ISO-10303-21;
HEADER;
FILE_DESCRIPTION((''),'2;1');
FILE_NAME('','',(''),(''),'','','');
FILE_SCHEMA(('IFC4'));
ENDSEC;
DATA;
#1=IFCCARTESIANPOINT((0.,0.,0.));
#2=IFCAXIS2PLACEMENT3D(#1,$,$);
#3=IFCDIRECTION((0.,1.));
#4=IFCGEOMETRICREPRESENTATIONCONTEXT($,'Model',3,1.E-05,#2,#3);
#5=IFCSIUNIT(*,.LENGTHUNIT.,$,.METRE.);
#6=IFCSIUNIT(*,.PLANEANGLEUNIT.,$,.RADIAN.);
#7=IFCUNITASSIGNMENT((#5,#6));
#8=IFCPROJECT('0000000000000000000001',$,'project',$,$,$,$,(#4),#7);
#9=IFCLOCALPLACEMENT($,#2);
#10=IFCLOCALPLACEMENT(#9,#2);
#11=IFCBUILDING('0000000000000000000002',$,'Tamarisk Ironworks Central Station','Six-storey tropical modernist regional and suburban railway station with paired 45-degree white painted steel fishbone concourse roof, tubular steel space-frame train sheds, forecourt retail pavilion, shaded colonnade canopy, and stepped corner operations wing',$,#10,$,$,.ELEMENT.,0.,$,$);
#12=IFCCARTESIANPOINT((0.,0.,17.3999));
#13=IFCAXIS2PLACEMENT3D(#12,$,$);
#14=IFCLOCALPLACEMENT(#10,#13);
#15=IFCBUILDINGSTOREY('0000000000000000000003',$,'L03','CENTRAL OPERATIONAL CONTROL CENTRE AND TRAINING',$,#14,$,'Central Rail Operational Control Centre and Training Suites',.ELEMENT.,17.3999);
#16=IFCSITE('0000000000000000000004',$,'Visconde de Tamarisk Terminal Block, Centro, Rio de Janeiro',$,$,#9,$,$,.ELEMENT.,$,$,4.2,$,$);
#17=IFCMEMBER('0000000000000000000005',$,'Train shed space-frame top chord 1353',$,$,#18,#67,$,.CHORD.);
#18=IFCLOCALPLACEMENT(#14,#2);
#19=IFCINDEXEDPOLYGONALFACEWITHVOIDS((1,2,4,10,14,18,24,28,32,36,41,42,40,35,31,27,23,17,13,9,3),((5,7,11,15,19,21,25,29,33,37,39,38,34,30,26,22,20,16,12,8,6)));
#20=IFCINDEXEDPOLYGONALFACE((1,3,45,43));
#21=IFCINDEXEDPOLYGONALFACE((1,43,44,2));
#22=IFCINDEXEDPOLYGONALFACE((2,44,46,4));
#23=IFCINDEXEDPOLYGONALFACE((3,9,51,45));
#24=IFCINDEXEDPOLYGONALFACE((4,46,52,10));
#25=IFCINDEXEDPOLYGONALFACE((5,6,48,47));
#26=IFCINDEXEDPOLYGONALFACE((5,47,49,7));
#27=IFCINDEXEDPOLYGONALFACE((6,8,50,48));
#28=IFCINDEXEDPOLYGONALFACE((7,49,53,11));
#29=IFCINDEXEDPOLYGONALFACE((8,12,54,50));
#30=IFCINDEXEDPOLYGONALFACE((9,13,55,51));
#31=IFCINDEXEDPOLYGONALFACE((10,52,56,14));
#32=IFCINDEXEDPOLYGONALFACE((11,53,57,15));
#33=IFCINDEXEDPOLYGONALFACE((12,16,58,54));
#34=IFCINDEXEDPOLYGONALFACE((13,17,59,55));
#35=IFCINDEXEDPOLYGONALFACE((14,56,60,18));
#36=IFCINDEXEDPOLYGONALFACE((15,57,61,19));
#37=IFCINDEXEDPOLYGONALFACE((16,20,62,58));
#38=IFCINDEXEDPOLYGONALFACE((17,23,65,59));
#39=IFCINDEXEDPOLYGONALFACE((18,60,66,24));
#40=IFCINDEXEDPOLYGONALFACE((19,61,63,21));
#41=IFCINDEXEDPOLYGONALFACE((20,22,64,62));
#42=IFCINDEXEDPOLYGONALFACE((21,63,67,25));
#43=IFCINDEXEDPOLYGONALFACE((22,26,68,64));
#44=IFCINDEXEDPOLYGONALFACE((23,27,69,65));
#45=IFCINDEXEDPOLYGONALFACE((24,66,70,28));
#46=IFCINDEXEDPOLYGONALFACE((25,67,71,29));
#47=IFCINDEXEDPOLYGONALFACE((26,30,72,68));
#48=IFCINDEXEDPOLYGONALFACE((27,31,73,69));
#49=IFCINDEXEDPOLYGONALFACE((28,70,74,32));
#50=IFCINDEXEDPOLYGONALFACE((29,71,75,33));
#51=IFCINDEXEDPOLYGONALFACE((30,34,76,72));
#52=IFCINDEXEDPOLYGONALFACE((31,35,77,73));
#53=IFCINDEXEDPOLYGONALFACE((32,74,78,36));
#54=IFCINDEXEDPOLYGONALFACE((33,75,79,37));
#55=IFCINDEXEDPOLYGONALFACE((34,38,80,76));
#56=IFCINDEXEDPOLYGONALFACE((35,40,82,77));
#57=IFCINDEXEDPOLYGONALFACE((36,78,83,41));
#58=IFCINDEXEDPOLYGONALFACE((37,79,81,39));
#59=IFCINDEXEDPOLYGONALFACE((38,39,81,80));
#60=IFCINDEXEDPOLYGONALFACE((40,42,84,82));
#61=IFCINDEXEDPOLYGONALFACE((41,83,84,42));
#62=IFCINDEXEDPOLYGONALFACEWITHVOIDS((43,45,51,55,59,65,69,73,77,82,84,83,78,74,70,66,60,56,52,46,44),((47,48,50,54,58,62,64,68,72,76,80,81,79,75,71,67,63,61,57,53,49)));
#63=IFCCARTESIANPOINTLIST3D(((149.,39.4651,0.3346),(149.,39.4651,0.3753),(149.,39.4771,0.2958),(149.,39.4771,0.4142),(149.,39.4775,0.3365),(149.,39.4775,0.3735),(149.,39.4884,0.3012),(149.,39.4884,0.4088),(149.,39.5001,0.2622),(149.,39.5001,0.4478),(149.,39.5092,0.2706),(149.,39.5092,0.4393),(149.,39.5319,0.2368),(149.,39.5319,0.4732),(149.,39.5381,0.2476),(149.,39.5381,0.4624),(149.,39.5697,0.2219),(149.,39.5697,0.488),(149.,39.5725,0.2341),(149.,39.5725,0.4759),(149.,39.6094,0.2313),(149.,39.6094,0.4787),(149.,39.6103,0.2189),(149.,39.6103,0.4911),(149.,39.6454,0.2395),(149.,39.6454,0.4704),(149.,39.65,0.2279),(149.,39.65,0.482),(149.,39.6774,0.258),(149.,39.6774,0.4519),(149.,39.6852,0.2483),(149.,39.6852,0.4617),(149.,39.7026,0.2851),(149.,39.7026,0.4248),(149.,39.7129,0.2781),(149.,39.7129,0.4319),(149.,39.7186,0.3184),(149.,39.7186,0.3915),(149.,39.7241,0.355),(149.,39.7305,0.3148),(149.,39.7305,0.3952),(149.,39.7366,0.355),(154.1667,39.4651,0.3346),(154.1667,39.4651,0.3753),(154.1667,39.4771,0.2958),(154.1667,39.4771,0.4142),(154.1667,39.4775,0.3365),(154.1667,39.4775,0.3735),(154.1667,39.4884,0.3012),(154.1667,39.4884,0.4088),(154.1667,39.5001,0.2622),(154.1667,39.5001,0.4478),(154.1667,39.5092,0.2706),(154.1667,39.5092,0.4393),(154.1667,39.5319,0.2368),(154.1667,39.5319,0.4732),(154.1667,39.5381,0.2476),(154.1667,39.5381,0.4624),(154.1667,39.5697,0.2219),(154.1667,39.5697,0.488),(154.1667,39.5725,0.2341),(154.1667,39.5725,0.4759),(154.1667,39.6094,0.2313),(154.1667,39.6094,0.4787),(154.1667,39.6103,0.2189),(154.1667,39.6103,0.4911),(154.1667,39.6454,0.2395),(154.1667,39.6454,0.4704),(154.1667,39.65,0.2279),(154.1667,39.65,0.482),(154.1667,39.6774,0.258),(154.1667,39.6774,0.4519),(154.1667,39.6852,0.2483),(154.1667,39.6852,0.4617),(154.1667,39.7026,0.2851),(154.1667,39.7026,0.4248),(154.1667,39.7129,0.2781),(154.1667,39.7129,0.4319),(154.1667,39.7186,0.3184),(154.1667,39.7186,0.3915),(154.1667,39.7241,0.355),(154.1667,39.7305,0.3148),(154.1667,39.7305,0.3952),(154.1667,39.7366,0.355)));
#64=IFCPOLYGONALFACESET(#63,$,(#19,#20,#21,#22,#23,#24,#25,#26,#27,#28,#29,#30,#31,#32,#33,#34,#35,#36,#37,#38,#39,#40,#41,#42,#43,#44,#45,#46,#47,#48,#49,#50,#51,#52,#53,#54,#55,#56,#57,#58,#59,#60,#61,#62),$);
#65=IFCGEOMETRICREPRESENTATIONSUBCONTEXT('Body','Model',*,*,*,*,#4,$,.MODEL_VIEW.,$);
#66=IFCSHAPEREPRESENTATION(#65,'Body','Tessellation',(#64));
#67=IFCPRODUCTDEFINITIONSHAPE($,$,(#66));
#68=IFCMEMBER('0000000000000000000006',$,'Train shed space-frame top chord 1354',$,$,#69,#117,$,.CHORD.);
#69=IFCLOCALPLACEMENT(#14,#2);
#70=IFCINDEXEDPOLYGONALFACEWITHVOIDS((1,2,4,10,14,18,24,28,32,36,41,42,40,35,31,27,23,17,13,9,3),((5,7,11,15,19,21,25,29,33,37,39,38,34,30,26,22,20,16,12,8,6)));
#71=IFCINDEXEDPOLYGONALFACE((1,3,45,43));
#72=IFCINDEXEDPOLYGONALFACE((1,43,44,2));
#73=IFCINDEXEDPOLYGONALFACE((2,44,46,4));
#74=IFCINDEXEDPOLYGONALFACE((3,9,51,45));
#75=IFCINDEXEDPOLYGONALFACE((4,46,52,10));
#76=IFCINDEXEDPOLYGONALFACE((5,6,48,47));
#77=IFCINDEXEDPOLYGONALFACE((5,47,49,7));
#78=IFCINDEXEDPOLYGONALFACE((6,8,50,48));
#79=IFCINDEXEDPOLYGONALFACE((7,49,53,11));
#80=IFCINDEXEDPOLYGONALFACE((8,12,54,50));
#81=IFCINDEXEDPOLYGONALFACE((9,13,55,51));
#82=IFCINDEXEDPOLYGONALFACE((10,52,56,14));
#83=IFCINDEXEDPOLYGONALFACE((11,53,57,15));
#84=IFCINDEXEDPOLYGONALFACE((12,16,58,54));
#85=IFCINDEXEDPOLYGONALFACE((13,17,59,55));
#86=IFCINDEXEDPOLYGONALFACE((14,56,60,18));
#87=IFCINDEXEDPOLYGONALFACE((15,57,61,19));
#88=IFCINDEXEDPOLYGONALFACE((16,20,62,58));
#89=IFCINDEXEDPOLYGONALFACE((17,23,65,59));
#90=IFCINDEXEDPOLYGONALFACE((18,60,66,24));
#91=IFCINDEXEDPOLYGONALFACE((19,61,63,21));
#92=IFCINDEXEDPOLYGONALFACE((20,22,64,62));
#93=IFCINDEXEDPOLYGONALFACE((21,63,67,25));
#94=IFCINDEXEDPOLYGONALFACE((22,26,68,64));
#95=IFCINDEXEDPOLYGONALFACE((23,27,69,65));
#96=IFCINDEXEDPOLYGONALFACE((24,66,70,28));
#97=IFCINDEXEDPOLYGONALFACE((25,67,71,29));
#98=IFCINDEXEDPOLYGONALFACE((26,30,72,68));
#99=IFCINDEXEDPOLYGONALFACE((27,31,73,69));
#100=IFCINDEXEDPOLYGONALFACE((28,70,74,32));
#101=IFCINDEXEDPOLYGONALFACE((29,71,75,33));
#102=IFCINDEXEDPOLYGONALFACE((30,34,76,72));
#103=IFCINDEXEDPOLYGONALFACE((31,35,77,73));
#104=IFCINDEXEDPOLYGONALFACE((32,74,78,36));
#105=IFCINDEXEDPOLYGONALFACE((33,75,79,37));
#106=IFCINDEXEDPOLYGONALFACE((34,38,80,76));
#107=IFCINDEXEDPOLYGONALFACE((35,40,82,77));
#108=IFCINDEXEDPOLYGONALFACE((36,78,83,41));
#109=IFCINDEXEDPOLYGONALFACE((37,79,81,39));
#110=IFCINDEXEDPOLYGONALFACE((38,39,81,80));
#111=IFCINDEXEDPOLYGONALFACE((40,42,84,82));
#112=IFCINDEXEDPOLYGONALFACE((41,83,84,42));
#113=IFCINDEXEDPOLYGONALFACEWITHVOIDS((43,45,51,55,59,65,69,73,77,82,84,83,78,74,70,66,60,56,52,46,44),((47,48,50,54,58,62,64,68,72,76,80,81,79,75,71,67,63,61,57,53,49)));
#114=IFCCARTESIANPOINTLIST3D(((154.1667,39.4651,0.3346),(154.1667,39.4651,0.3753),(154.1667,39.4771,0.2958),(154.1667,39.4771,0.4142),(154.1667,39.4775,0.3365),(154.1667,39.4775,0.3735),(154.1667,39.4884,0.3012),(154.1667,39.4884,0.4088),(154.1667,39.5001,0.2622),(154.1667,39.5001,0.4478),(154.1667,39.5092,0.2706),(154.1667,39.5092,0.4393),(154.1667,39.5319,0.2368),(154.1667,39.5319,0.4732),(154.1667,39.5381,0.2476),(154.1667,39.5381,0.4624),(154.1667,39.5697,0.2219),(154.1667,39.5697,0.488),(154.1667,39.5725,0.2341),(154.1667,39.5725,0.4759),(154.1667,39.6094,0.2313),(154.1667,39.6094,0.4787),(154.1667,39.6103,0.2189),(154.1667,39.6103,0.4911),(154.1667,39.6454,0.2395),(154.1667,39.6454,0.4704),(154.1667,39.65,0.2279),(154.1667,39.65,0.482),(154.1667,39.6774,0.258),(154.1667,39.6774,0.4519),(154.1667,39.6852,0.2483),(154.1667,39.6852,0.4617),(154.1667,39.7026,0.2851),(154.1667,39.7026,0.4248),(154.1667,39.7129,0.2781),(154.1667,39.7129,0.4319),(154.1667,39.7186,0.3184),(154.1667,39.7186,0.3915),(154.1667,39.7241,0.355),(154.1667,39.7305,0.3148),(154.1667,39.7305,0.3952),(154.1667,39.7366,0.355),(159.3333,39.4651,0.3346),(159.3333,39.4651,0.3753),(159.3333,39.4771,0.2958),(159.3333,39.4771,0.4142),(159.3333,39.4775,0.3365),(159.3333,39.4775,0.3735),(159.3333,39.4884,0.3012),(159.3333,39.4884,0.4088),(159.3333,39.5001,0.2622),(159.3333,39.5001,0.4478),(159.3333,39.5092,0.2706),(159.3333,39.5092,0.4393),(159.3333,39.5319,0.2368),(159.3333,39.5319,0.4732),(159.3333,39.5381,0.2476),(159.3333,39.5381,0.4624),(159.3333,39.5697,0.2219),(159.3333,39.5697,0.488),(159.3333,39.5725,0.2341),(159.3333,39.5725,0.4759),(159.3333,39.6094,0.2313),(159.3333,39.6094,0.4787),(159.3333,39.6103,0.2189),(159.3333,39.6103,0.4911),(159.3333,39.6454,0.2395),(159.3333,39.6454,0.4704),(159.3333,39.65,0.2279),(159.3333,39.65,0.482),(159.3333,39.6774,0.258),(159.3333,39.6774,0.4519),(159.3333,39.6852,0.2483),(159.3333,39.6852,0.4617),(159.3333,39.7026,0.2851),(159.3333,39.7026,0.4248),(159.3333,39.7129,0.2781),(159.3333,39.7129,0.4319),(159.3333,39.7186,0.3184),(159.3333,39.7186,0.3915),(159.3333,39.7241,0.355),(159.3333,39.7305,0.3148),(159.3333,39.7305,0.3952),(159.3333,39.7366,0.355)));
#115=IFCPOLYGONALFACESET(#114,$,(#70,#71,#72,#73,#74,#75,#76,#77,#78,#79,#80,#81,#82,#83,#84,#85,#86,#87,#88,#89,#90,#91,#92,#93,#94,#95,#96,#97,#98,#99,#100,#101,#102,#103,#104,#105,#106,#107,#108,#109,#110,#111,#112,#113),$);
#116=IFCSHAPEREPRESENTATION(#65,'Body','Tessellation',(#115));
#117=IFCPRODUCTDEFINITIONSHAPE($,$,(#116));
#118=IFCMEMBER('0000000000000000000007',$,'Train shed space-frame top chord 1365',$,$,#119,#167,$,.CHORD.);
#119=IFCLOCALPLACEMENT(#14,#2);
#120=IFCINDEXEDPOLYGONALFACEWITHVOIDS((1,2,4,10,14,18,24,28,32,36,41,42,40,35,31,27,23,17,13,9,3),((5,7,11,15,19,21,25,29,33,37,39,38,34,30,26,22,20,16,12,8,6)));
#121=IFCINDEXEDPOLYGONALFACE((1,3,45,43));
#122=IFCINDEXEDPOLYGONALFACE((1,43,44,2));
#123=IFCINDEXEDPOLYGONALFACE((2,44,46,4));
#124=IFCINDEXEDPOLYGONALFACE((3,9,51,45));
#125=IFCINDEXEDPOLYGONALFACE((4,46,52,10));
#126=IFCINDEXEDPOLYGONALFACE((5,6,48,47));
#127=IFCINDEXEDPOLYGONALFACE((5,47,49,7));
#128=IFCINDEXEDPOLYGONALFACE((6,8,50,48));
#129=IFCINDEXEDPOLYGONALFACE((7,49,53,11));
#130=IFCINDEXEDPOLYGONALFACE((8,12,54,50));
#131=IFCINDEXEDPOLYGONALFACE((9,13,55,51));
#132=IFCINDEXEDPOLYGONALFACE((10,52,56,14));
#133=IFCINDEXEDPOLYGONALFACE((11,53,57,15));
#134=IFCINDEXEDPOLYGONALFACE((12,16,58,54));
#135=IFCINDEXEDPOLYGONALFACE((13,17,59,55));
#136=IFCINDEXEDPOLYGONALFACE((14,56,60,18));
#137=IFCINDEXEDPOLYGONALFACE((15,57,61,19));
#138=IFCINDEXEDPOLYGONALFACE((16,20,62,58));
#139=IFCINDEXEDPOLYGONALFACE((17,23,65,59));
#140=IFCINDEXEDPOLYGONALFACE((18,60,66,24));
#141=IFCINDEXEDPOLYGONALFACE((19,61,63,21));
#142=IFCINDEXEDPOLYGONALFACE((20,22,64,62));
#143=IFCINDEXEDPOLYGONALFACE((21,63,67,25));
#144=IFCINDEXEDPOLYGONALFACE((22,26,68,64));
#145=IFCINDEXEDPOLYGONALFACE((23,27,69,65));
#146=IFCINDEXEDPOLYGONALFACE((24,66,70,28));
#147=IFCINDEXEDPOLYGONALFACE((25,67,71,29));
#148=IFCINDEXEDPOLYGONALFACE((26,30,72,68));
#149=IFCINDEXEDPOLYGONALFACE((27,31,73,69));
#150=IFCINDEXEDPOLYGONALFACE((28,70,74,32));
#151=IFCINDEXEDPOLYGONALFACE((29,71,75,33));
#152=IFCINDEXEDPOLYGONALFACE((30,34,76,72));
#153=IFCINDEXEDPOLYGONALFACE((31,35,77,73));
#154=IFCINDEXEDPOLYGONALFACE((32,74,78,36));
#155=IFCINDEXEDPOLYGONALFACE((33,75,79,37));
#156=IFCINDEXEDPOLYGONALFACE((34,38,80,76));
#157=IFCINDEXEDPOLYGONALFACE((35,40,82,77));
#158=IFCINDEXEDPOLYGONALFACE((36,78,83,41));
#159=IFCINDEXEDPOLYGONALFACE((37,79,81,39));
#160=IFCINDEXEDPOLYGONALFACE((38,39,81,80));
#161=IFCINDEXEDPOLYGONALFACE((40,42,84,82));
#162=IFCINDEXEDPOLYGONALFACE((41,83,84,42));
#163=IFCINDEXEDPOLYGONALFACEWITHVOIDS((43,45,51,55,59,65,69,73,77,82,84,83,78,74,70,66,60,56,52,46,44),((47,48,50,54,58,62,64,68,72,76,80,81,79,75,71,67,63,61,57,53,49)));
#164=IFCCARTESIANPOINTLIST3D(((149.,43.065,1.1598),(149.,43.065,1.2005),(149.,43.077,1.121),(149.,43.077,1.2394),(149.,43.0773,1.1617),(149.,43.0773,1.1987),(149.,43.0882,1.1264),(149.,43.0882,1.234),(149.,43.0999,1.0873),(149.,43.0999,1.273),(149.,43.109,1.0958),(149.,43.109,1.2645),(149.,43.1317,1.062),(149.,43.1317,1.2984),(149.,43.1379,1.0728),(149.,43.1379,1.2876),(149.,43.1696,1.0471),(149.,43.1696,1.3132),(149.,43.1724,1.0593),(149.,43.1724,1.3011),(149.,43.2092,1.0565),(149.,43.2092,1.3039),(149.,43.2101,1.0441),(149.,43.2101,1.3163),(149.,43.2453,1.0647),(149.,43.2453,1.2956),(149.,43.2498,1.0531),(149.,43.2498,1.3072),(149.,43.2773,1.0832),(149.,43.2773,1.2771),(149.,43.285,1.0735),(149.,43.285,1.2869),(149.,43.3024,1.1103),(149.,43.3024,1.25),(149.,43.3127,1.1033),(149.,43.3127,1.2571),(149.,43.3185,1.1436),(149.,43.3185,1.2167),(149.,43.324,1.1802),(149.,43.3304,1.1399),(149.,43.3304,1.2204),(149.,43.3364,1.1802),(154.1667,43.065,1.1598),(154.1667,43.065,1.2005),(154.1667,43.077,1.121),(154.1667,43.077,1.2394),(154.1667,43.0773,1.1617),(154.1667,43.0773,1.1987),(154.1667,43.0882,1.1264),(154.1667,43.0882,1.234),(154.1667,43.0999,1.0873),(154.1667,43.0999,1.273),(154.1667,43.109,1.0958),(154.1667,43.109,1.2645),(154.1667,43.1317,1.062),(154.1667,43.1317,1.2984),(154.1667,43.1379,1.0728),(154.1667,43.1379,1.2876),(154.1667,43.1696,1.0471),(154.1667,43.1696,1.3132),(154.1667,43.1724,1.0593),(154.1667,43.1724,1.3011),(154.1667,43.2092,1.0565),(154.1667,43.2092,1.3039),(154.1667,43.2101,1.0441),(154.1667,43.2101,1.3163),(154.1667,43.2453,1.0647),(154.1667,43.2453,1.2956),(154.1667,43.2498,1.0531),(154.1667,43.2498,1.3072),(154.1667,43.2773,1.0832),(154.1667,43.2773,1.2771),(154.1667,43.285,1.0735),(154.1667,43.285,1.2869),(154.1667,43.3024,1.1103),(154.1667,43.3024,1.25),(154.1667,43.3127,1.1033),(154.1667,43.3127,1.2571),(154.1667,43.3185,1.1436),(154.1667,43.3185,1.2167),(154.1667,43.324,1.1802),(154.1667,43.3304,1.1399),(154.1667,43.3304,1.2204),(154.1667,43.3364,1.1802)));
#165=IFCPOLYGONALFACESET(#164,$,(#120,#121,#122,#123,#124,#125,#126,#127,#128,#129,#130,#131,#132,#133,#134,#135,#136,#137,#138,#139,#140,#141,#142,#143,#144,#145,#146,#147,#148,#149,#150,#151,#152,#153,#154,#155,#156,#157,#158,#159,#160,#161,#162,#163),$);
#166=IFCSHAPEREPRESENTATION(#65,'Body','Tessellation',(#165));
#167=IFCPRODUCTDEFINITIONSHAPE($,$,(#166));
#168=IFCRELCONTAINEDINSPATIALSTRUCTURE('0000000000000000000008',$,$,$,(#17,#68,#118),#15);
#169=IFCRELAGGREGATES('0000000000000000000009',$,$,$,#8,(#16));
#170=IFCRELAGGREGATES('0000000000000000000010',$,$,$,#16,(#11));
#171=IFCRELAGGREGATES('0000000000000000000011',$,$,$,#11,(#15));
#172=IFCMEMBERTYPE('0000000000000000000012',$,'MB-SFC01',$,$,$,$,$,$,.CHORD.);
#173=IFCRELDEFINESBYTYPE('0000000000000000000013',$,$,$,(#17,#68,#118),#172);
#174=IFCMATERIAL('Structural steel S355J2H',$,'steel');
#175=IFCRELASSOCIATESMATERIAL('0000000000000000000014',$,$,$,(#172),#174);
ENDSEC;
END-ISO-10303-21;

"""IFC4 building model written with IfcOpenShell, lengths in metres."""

from ifc_helpers import new_model, si_unit, direction, frame, origin, origin_2d, place, context, subcontext, project, spatial, hollow_circle, extrude, material, material_profile, profile_set, type_object, element, save


model = new_model("IFC4")

# Units and contexts
model_context = context("Model", 3, precision=1e-05, world=origin(), true_north=direction((0.0, 1.0)))
body_context = subcontext(model_context, "Body", "Model", "MODEL_VIEW")
ifc_project = project(units=[si_unit("LENGTHUNIT", "METRE"), si_unit("PLANEANGLEUNIT", "RADIAN")], contexts=[model_context])

# Site, building, storey
site_placement = place(None, origin())
site = spatial("IfcSite", under=ifc_project, at=site_placement, Name="Visconde de Tamarisk Terminal Block, Centro, Rio de Janeiro", CompositionType="ELEMENT", RefElevation=4.2)
building_placement = place(site_placement, origin())
building = spatial("IfcBuilding", under=site, at=building_placement, Name="Tamarisk Ironworks Central Station", Description="Six-storey tropical modernist regional and suburban railway station with paired 45-degree white painted steel fishbone concourse roof, tubular steel space-frame train sheds, forecourt retail pavilion, shaded colonnade canopy, and stepped corner operations wing", CompositionType="ELEMENT", ElevationOfRefHeight=0.0)
storey_placement = place(building_placement, frame((0.0, 0.0, 17.3999)))
storey = spatial("IfcBuildingStorey", under=building, at=storey_placement, Name="L03", Description="CENTRAL OPERATIONAL CONTROL CENTRE AND TRAINING", LongName="Central Rail Operational Control Centre and Training Suites", CompositionType="ELEMENT", Elevation=17.3999)

# Members
ifc_material = material(Name="Structural steel S355J2H", Category="steel")
ifc_material_profile_1 = material_profile(ifc_material, hollow_circle(Radius=0.1365, WallThickness=0.0125, at=origin_2d()), Name="CHS 273x12.5")
ifc_profile_set_1 = profile_set([ifc_material_profile_1], Name="Structural steel S355J2H")
member_type_1 = type_object("IfcMemberType", Name="MB-SFC01", PredefinedType="CHORD", material=ifc_profile_set_1)
member_1_placement = place(storey_placement, frame((149.0, 39.6001, 0.355), z_axis=(1.0, 0.0, 0.0), x_axis=(0.0, 1.0, 0.0)))
element("IfcMember", 1, at=member_1_placement, inside=storey, type_object=member_type_1, Name="Train shed space-frame top chord 1353", PredefinedType="CHORD", context=body_context, shape_type="SweptSolid", body=[
    extrude(hollow_circle(Radius=0.1365, WallThickness=0.0125, at=origin_2d()), origin(), (0.0, 0.0, 1.0), 5.1667),
])
member_2_placement = place(storey_placement, frame((154.1667, 39.6001, 0.355), z_axis=(1.0, 0.0, 0.0), x_axis=(0.0, 1.0, 0.0)))
element("IfcMember", 2, at=member_2_placement, inside=storey, type_object=member_type_1, Name="Train shed space-frame top chord 1354", PredefinedType="CHORD", context=body_context, shape_type="SweptSolid", body=[
    extrude(hollow_circle(Radius=0.1365, WallThickness=0.0125, at=origin_2d()), origin(), (0.0, 0.0, 1.0), 5.1665),
])
member_3_placement = place(storey_placement, frame((149.0, 43.2, 1.1802), z_axis=(1.0, 0.0, 0.0), x_axis=(0.0, 1.0, 0.0)))
element("IfcMember", 3, at=member_3_placement, inside=storey, type_object=member_type_1, Name="Train shed space-frame top chord 1365", PredefinedType="CHORD", context=body_context, shape_type="SweptSolid", body=[
    extrude(hollow_circle(Radius=0.1365, WallThickness=0.0125, at=origin_2d()), origin(), (0.0, 0.0, 1.0), 5.1667),
])

save(model, "model.ifc")
